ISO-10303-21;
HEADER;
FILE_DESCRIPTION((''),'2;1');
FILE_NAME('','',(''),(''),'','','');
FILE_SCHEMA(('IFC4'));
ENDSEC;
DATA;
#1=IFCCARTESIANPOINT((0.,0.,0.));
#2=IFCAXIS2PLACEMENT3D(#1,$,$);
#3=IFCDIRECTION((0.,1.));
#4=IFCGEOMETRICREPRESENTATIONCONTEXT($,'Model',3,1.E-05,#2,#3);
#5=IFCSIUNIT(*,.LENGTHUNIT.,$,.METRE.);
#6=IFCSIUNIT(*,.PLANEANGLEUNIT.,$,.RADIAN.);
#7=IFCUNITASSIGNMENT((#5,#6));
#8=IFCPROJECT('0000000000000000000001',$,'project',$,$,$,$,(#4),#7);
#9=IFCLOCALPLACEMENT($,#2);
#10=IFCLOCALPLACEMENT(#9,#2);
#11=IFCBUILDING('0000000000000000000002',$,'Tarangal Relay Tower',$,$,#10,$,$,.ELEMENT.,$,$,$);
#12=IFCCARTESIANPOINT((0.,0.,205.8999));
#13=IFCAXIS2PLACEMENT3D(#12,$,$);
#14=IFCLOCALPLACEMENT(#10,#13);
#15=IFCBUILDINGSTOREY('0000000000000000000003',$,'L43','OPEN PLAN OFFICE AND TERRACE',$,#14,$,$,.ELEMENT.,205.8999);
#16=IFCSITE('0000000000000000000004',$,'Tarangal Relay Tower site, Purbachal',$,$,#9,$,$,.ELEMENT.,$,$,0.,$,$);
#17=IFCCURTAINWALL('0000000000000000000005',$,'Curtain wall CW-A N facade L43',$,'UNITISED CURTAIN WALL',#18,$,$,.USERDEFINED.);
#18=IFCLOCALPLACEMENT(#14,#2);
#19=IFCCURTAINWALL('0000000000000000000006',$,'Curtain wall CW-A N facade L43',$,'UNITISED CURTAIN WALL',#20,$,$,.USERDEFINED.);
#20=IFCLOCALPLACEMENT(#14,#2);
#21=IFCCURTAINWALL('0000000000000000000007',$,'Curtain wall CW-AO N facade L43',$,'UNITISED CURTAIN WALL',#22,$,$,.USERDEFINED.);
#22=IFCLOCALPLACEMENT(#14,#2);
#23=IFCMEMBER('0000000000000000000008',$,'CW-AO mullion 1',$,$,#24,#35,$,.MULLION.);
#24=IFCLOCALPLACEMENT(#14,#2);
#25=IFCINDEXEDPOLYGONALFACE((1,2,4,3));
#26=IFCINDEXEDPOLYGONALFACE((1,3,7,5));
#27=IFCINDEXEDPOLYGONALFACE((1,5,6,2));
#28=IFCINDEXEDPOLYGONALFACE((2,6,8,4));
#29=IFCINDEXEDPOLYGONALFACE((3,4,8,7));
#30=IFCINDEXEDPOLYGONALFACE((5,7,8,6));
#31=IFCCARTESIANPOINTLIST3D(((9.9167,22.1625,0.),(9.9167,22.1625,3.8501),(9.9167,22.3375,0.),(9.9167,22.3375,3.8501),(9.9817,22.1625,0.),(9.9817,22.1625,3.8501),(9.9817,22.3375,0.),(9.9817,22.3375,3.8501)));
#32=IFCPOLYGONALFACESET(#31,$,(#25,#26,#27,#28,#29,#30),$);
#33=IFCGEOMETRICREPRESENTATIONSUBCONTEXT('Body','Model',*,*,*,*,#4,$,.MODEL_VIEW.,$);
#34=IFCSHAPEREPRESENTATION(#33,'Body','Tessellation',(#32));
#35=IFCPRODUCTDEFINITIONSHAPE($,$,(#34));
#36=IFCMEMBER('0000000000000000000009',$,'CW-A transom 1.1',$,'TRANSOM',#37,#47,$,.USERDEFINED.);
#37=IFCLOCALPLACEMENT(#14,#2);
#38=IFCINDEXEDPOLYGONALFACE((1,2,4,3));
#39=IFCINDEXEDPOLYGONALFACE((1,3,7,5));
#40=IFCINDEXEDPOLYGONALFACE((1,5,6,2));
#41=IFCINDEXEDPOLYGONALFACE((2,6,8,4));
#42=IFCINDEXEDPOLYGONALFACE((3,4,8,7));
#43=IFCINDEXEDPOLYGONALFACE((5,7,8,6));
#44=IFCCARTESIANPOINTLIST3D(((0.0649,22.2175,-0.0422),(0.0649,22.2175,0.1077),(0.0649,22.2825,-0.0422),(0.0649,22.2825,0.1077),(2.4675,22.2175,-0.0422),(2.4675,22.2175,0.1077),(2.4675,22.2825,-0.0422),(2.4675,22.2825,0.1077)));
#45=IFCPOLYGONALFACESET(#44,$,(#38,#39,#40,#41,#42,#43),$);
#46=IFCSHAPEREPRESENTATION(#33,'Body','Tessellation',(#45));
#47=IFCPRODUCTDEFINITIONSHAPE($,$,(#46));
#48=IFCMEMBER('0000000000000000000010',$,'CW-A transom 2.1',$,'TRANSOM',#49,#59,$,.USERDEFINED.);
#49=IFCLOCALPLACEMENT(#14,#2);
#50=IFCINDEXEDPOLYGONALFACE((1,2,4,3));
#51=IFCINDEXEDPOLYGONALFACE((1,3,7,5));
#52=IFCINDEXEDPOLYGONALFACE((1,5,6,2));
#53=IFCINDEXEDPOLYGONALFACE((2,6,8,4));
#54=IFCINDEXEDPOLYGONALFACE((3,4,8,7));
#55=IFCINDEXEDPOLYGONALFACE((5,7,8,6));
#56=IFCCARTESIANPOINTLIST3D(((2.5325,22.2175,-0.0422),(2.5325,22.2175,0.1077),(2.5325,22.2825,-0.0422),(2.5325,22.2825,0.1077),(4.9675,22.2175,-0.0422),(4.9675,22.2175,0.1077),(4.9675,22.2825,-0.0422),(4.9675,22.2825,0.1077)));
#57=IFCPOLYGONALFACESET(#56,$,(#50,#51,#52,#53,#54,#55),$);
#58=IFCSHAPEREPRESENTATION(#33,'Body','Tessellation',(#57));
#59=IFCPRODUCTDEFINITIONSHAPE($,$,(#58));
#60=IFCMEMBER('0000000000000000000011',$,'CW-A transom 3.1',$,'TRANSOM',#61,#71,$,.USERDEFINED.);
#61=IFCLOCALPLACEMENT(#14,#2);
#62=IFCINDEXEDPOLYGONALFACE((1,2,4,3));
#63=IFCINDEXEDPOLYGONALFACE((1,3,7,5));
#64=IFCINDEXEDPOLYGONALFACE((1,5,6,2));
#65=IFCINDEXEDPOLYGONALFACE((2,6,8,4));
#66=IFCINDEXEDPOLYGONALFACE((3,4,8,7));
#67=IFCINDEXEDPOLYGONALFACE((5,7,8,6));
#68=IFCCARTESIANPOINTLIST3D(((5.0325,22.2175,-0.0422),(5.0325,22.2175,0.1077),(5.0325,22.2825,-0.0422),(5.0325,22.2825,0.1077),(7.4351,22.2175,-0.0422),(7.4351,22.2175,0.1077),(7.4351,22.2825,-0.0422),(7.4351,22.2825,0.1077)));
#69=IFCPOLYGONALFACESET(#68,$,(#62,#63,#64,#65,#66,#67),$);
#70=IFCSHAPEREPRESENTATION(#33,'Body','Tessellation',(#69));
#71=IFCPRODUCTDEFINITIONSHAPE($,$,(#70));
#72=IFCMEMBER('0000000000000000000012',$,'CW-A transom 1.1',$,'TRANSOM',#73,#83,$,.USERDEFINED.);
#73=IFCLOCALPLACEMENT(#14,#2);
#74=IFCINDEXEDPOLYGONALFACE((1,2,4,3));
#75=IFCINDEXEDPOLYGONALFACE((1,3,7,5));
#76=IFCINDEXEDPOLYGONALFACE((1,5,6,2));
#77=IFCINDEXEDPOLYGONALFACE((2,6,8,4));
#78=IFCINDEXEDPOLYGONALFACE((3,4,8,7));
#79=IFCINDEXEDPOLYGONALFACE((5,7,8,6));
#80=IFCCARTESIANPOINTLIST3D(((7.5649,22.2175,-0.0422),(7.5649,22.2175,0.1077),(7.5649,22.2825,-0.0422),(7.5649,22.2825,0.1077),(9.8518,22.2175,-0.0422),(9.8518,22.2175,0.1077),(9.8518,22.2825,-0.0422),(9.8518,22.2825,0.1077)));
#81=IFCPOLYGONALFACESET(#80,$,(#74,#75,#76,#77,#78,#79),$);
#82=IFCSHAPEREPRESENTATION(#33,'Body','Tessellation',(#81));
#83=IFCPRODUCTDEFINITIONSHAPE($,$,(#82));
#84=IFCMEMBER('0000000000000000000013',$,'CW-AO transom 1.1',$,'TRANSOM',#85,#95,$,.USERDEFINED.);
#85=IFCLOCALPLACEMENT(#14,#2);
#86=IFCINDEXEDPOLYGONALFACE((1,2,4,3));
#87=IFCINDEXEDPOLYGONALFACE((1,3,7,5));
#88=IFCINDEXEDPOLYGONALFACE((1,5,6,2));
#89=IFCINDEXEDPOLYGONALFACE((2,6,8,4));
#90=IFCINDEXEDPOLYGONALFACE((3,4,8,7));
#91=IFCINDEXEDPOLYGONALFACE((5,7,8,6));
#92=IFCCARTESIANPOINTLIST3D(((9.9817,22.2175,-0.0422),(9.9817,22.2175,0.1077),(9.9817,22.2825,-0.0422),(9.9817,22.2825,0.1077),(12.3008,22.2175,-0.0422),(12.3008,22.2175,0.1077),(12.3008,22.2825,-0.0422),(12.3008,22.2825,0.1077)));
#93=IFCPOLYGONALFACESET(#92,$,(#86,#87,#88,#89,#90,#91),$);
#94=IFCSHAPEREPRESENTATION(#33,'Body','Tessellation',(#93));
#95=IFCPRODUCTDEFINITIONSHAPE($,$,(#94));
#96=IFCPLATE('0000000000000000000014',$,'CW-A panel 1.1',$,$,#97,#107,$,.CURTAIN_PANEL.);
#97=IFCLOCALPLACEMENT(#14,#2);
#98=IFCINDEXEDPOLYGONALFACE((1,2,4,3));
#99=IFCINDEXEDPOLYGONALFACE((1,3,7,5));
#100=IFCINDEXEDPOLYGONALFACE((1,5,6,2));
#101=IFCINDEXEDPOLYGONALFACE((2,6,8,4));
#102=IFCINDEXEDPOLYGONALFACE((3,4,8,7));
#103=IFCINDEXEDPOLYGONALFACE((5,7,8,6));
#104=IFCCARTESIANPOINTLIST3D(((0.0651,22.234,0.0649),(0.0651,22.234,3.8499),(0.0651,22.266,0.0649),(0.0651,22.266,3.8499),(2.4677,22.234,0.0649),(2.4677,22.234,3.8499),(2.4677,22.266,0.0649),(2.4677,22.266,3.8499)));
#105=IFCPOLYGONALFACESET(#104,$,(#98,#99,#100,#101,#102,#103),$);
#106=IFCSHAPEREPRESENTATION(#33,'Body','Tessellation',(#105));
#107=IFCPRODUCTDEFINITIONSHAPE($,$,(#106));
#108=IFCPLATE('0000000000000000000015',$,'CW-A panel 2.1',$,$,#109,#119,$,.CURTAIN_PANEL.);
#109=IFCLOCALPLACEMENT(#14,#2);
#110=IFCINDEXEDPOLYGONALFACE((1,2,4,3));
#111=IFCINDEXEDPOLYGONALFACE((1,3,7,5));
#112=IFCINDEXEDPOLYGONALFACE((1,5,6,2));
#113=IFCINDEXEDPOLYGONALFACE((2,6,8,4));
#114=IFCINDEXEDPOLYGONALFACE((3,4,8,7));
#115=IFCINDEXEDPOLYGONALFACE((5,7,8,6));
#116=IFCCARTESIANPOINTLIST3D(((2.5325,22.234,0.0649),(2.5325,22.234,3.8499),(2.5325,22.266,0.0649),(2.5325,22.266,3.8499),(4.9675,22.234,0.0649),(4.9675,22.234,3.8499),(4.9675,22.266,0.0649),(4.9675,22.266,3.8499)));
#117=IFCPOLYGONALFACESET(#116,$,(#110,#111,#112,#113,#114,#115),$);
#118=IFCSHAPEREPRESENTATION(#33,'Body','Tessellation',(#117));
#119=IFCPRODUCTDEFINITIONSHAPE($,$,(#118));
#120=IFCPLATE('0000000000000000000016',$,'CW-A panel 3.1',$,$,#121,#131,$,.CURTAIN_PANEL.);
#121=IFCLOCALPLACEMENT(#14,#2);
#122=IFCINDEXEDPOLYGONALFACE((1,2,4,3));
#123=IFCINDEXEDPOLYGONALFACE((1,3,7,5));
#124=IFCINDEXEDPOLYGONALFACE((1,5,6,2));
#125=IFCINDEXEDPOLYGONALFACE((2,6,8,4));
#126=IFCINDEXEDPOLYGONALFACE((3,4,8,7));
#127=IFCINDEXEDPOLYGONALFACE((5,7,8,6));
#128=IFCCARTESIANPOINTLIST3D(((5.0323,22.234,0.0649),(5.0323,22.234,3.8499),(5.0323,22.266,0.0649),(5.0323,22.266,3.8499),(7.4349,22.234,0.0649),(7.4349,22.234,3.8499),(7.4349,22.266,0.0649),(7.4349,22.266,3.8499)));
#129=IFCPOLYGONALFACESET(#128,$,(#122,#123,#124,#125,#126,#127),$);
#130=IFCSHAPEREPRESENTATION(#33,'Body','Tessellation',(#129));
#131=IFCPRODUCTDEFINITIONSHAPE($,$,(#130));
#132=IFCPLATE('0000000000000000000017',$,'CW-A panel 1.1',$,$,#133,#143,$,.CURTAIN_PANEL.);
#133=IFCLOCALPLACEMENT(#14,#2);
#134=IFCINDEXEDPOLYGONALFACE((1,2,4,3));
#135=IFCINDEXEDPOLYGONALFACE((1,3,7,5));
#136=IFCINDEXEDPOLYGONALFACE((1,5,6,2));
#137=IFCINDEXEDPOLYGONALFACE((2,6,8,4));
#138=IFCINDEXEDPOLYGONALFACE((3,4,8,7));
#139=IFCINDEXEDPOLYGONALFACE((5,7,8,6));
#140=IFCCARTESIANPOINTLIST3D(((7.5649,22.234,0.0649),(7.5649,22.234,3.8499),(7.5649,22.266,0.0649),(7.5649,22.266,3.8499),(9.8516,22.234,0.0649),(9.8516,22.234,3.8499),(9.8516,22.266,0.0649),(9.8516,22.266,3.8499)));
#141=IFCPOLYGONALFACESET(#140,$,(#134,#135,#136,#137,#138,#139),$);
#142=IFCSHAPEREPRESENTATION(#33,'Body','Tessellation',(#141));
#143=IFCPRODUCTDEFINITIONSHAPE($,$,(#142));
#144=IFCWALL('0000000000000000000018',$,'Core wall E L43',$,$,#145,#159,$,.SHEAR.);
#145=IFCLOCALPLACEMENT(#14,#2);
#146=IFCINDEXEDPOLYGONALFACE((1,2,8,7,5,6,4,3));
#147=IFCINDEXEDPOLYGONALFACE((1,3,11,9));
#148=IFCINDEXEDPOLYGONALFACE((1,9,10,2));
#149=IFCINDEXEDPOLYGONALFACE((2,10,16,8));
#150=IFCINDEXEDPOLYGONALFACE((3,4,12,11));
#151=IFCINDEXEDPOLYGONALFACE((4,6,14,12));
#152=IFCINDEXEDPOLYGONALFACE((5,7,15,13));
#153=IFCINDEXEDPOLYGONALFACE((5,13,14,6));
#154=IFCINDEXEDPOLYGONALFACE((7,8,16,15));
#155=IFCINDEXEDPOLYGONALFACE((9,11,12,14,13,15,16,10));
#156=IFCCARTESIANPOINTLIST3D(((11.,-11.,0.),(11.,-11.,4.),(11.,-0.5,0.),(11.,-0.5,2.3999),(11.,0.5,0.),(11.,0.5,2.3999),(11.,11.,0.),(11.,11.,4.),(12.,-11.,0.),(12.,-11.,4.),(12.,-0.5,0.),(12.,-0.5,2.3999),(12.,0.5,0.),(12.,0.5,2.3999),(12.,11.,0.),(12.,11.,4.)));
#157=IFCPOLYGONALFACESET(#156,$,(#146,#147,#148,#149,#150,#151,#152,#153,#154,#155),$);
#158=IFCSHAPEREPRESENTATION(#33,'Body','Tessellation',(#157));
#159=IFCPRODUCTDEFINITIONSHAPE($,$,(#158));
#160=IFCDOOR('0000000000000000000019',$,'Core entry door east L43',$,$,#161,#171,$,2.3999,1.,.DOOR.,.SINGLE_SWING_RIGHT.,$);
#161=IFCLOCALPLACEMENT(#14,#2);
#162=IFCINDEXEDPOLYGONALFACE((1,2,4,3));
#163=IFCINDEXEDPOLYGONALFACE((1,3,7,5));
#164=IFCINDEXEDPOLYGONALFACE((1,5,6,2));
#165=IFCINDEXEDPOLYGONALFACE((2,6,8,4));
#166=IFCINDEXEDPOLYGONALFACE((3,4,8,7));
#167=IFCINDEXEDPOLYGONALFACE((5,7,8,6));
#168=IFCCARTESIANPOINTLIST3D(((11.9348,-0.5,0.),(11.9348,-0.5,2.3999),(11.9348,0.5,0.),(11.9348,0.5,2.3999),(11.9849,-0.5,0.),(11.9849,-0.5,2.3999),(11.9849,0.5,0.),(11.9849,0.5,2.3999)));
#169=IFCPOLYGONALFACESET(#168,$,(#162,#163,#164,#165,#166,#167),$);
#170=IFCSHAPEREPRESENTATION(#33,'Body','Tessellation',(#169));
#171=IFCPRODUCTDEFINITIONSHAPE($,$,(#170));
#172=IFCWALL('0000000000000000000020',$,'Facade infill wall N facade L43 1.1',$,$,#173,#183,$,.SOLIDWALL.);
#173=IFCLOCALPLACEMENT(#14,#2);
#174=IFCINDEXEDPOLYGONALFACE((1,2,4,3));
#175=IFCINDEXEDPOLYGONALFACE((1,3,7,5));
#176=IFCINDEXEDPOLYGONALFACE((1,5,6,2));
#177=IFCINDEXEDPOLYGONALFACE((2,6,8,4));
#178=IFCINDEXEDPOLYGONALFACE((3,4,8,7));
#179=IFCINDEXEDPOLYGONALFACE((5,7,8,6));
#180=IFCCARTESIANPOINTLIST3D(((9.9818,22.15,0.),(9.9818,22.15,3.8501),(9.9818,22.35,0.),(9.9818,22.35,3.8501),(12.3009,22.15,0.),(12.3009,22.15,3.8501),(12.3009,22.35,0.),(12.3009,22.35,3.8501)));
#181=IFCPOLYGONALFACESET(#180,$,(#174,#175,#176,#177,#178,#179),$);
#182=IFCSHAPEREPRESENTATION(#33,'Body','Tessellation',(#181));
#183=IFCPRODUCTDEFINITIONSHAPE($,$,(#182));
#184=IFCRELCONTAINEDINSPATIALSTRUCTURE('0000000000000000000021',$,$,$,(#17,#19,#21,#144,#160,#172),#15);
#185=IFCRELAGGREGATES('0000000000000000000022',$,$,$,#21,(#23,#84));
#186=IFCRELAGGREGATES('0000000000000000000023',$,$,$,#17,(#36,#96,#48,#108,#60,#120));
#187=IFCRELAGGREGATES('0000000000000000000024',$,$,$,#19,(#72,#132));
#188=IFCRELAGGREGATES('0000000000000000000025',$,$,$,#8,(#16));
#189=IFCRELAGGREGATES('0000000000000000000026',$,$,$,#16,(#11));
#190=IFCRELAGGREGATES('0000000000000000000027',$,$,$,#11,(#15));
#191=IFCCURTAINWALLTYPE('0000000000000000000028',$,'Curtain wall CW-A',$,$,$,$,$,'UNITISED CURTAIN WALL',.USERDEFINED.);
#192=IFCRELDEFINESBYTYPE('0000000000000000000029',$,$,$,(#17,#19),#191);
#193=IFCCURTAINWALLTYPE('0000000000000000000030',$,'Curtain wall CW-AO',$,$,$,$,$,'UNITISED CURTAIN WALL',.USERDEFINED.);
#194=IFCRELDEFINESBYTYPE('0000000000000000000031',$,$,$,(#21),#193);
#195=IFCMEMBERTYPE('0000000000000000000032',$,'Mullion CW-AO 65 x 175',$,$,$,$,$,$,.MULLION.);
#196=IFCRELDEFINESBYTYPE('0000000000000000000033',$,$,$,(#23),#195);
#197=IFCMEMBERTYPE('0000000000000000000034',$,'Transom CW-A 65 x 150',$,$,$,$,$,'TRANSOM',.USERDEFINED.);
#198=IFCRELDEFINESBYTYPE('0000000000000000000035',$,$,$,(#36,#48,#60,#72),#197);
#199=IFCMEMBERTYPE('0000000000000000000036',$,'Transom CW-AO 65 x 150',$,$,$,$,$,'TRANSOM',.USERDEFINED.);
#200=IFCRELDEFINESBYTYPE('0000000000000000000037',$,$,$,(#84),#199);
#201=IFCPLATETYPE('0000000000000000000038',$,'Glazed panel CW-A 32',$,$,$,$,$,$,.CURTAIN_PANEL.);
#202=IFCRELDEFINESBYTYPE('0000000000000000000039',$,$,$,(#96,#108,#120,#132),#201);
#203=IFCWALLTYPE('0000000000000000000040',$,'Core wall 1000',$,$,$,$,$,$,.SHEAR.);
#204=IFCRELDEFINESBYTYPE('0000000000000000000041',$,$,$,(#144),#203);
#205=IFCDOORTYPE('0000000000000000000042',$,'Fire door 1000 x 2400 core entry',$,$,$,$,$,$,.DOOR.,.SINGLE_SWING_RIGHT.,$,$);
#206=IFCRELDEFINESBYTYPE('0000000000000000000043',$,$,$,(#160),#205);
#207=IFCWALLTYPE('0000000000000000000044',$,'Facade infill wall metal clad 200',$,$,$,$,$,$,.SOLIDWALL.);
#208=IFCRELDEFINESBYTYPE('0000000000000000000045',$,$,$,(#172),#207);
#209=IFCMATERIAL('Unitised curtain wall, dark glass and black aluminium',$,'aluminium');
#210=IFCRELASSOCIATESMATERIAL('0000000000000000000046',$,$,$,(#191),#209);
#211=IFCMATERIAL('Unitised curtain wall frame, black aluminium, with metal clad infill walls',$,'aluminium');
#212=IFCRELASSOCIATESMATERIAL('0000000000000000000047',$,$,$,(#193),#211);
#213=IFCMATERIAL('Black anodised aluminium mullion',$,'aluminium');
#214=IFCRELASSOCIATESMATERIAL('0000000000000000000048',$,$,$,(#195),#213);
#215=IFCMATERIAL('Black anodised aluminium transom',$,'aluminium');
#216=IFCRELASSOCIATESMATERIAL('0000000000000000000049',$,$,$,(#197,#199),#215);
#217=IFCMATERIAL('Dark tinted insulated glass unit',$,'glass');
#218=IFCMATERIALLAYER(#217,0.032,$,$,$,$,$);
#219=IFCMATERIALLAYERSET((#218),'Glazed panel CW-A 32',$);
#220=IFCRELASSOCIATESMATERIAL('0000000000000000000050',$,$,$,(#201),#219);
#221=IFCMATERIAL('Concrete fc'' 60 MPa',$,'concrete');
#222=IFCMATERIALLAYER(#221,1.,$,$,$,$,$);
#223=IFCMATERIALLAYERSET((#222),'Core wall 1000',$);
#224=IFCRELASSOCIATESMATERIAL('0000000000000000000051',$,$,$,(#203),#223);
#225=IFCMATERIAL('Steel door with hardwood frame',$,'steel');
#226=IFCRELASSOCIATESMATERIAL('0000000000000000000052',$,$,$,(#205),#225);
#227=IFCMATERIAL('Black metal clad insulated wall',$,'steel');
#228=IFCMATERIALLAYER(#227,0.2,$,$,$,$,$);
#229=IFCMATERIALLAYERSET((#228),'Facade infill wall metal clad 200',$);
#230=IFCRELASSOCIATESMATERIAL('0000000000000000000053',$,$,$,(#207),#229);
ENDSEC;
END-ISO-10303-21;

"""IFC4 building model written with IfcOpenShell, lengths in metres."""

from ifc_helpers import new_model, si_unit, direction, frame, frame_2d, origin, origin_2d, place, context, subcontext, project, spatial, rectangle, extrude, material, layer, layer_set, material_profile, profile_set, type_object, element, fill, aggregate, save


model = new_model("IFC4")

# Units and contexts
model_context = context("Model", 3, precision=1e-05, world=origin(), true_north=direction((0.0, 1.0)))
body_context = subcontext(model_context, "Body", "Model", "MODEL_VIEW")
ifc_project = project(units=[si_unit("LENGTHUNIT", "METRE"), si_unit("PLANEANGLEUNIT", "RADIAN")], contexts=[model_context])

# Site, building, storey
site_placement = place(None, origin())
site = spatial("IfcSite", under=ifc_project, at=site_placement, Name="Tarangal Relay Tower site, Purbachal", CompositionType="ELEMENT", RefElevation=0.0)
building_placement = place(site_placement, origin())
building = spatial("IfcBuilding", under=site, at=building_placement, Name="Tarangal Relay Tower", CompositionType="ELEMENT")
storey_placement = place(building_placement, frame((0.0, 0.0, 205.8999)))
storey = spatial("IfcBuildingStorey", under=building, at=storey_placement, Name="L43", Description="OPEN PLAN OFFICE AND TERRACE", CompositionType="ELEMENT", Elevation=205.8999)

# Curtain walls
ifc_material_1 = material(Name="Unitised curtain wall, dark glass and black aluminium", Category="aluminium")
curtain_wall_type_1 = type_object("IfcCurtainWallType", Name="Curtain wall CW-A", ElementType="UNITISED CURTAIN WALL", PredefinedType="USERDEFINED", material=ifc_material_1)
curtain_wall_1_placement = place(storey_placement, origin())
curtain_wall_1 = element("IfcCurtainWall", 1, at=curtain_wall_1_placement, inside=storey, type_object=curtain_wall_type_1, Name="Curtain wall CW-A N facade L43", ObjectType="UNITISED CURTAIN WALL", PredefinedType="USERDEFINED")
ifc_material_2 = material(Name="Black anodised aluminium mullion", Category="aluminium")
curtain_wall_2_placement = place(storey_placement, origin())
curtain_wall_2 = element("IfcCurtainWall", 2, at=curtain_wall_2_placement, inside=storey, type_object=curtain_wall_type_1, Name="Curtain wall CW-A N facade L43", ObjectType="UNITISED CURTAIN WALL", PredefinedType="USERDEFINED")

# Curtain wall, member
ifc_material_3 = material(Name="Unitised curtain wall frame, black aluminium, with metal clad infill walls", Category="aluminium")
curtain_wall_type_2 = type_object("IfcCurtainWallType", Name="Curtain wall CW-AO", ElementType="UNITISED CURTAIN WALL", PredefinedType="USERDEFINED", material=ifc_material_3)
curtain_wall_3_placement = place(storey_placement, origin())
curtain_wall_3 = element("IfcCurtainWall", 3, at=curtain_wall_3_placement, inside=storey, type_object=curtain_wall_type_2, Name="Curtain wall CW-AO N facade L43", ObjectType="UNITISED CURTAIN WALL", PredefinedType="USERDEFINED")
ifc_material_profile_1 = material_profile(ifc_material_2, rectangle(XDim=0.175, YDim=0.0649, at=origin_2d()), Name="CW-AOM 65X175")
ifc_profile_set_1 = profile_set([ifc_material_profile_1], Name="Black anodised aluminium mullion")
member_type_1 = type_object("IfcMemberType", Name="Mullion CW-AO 65 x 175", PredefinedType="MULLION", material=ifc_profile_set_1)
member_1_placement = place(storey_placement, frame((9.9492, 22.25, 0.0), z_axis=(0.0, 0.0, 1.0), x_axis=(0.0, 1.0, 0.0)))
member_1 = element("IfcMember", 4, at=member_1_placement, type_object=member_type_1, Name="CW-AO mullion 1", PredefinedType="MULLION", context=body_context, shape_type="SweptSolid", body=[
    extrude(rectangle(XDim=0.175, YDim=0.0649, at=origin_2d()), origin(), (0.0, 0.0, 1.0), 3.8501),
])

# Members
ifc_material_4 = material(Name="Black anodised aluminium transom", Category="aluminium")
ifc_material_profile_2 = material_profile(ifc_material_4, rectangle(XDim=0.0649, YDim=0.1499, at=origin_2d()), Name="CW-AT 65X150")
ifc_profile_set_2 = profile_set([ifc_material_profile_2], Name="Black anodised aluminium transom")
member_type_2 = type_object("IfcMemberType", Name="Transom CW-A 65 x 150", ElementType="TRANSOM", PredefinedType="USERDEFINED", material=ifc_profile_set_2)
member_2_placement = place(storey_placement, frame((0.0649, 22.25, 0.0327), z_axis=(1.0, 0.0, 0.0), x_axis=(0.0, 1.0, 0.0)))
member_2 = element("IfcMember", 5, at=member_2_placement, type_object=member_type_2, Name="CW-A transom 1.1", ObjectType="TRANSOM", PredefinedType="USERDEFINED", context=body_context, shape_type="SweptSolid", body=[
    extrude(rectangle(XDim=0.0649, YDim=0.1499, at=origin_2d()), origin(), (0.0, 0.0, 1.0), 2.4026),
])
member_3_placement = place(storey_placement, frame((2.5325, 22.25, 0.0327), z_axis=(1.0, 0.0, 0.0), x_axis=(0.0, 1.0, 0.0)))
member_3 = element("IfcMember", 6, at=member_3_placement, type_object=member_type_2, Name="CW-A transom 2.1", ObjectType="TRANSOM", PredefinedType="USERDEFINED", context=body_context, shape_type="SweptSolid", body=[
    extrude(rectangle(XDim=0.0649, YDim=0.1499, at=origin_2d()), origin(), (0.0, 0.0, 1.0), 2.4351),
])
member_4_placement = place(storey_placement, frame((5.0325, 22.25, 0.0327), z_axis=(1.0, 0.0, 0.0), x_axis=(0.0, 1.0, 0.0)))
member_4 = element("IfcMember", 7, at=member_4_placement, type_object=member_type_2, Name="CW-A transom 3.1", ObjectType="TRANSOM", PredefinedType="USERDEFINED", context=body_context, shape_type="SweptSolid", body=[
    extrude(rectangle(XDim=0.0649, YDim=0.1499, at=origin_2d()), origin(), (0.0, 0.0, 1.0), 2.4026),
])
member_5_placement = place(storey_placement, frame((7.5649, 22.25, 0.0327), z_axis=(1.0, 0.0, 0.0), x_axis=(0.0, 1.0, 0.0)))
member_5 = element("IfcMember", 8, at=member_5_placement, type_object=member_type_2, Name="CW-A transom 1.1", ObjectType="TRANSOM", PredefinedType="USERDEFINED", context=body_context, shape_type="SweptSolid", body=[
    extrude(rectangle(XDim=0.0649, YDim=0.1499, at=origin_2d()), origin(), (0.0, 0.0, 1.0), 2.2869),
])
ifc_material_profile_3 = material_profile(ifc_material_4, rectangle(XDim=0.0649, YDim=0.1499, at=origin_2d()), Name="CW-AOT 65X150")
ifc_profile_set_3 = profile_set([ifc_material_profile_3], Name="Black anodised aluminium transom")
member_type_3 = type_object("IfcMemberType", Name="Transom CW-AO 65 x 150", ElementType="TRANSOM", PredefinedType="USERDEFINED", material=ifc_profile_set_3)
member_6_placement = place(storey_placement, frame((9.9817, 22.25, 0.0327), z_axis=(1.0, 0.0, 0.0), x_axis=(0.0, 1.0, 0.0)))
member_6 = element("IfcMember", 9, at=member_6_placement, type_object=member_type_3, Name="CW-AO transom 1.1", ObjectType="TRANSOM", PredefinedType="USERDEFINED", context=body_context, shape_type="SweptSolid", body=[
    extrude(rectangle(XDim=0.0649, YDim=0.1499, at=origin_2d()), origin(), (0.0, 0.0, 1.0), 2.3191),
])
aggregate(curtain_wall_3, [member_1, member_6])

# Plates
ifc_material_5 = material(Name="Dark tinted insulated glass unit", Category="glass")
ifc_layer_1 = layer(ifc_material_5, 0.032)
ifc_layer_set_1 = layer_set([ifc_layer_1], Name="Glazed panel CW-A 32")
plate_type = type_object("IfcPlateType", Name="Glazed panel CW-A 32", PredefinedType="CURTAIN_PANEL", material=ifc_layer_set_1)
plate_1_placement = place(storey_placement, frame((1.2664, 22.25, 0.0649), z_axis=(0.0, 0.0, 1.0), x_axis=(1.0, 0.0, 0.0)))
plate_1 = element("IfcPlate", 10, at=plate_1_placement, type_object=plate_type, Name="CW-A panel 1.1", PredefinedType="CURTAIN_PANEL", context=body_context, shape_type="SweptSolid", body=[
    extrude(rectangle(XDim=2.4026, YDim=0.032, at=origin_2d()), origin(), (0.0, 0.0, 1.0), 3.7849),
])
plate_2_placement = place(storey_placement, frame((3.75, 22.25, 0.0649), z_axis=(0.0, 0.0, 1.0), x_axis=(1.0, 0.0, 0.0)))
plate_2 = element("IfcPlate", 11, at=plate_2_placement, type_object=plate_type, Name="CW-A panel 2.1", PredefinedType="CURTAIN_PANEL", context=body_context, shape_type="SweptSolid", body=[
    extrude(rectangle(XDim=2.4351, YDim=0.032, at=origin_2d()), origin(), (0.0, 0.0, 1.0), 3.7849),
])
plate_3_placement = place(storey_placement, frame((6.2336, 22.25, 0.0649), z_axis=(0.0, 0.0, 1.0), x_axis=(1.0, 0.0, 0.0)))
plate_3 = element("IfcPlate", 12, at=plate_3_placement, type_object=plate_type, Name="CW-A panel 3.1", PredefinedType="CURTAIN_PANEL", context=body_context, shape_type="SweptSolid", body=[
    extrude(rectangle(XDim=2.4026, YDim=0.032, at=origin_2d()), origin(), (0.0, 0.0, 1.0), 3.7849),
])
aggregate(curtain_wall_1, [member_2, plate_1, member_3, plate_2, member_4, plate_3])
plate_4_placement = place(storey_placement, frame((8.7083, 22.25, 0.0649), z_axis=(0.0, 0.0, 1.0), x_axis=(1.0, 0.0, 0.0)))
plate_4 = element("IfcPlate", 13, at=plate_4_placement, type_object=plate_type, Name="CW-A panel 1.1", PredefinedType="CURTAIN_PANEL", context=body_context, shape_type="SweptSolid", body=[
    extrude(rectangle(XDim=2.2866, YDim=0.032, at=origin_2d()), origin(), (0.0, 0.0, 1.0), 3.7849),
])
aggregate(curtain_wall_2, [member_5, plate_4])

# Wall, opening, door
ifc_material_6 = material(Name="Concrete fc' 60 MPa", Category="concrete")
ifc_layer_2 = layer(ifc_material_6, 1.0)
ifc_layer_set_2 = layer_set([ifc_layer_2], Name="Core wall 1000")
wall_type_1 = type_object("IfcWallType", Name="Core wall 1000", PredefinedType="SHEAR", material=ifc_layer_set_2)
wall_1_placement = place(storey_placement, frame((11.5, 11.0, 0.0), z_axis=(0.0, 0.0, 1.0), x_axis=(0.0, -1.0, 0.0)))
wall_1 = element("IfcWall", 14, at=wall_1_placement, inside=storey, type_object=wall_type_1, Name="Core wall E L43", PredefinedType="SHEAR", context=body_context, shape_type="SweptSolid", body=[
    extrude(rectangle(XDim=22.0, YDim=1.0, at=frame_2d((11.0, 0.0))), origin(), (0.0, 0.0, 1.0), 4.0),
])
opening_1_placement = place(wall_1_placement, frame((10.5, 0.0, 0.0)))
opening_1 = element("IfcOpeningElement", 15, at=opening_1_placement, cuts=wall_1, PredefinedType="OPENING", context=body_context, shape_type="SweptSolid", body=[
    extrude(rectangle(XDim=1.0, YDim=2.3999, at=frame_2d((0.5, 1.2))), frame((0.0, 0.51, 0.0), z_axis=(0.0, -1.0, 0.0), x_axis=(1.0, 0.0, 0.0)), (0.0, 0.0, 1.0), 1.02),
])
ifc_material_7 = material(Name="Steel door with hardwood frame", Category="steel")
door_type_1 = type_object("IfcDoorType", Name="Fire door 1000 x 2400 core entry", OperationType="SINGLE_SWING_RIGHT", PredefinedType="DOOR", material=ifc_material_7)
door_1_placement = place(opening_1_placement, origin())
door_1 = element("IfcDoor", 16, at=door_1_placement, inside=storey, type_object=door_type_1, Name="Core entry door east L43", OperationType="SINGLE_SWING_RIGHT", OverallHeight=2.3999, OverallWidth=1.0, PredefinedType="DOOR", context=body_context, shape_type="SweptSolid", body=[
    extrude(rectangle(XDim=1.0, YDim=2.3999, at=frame_2d((0.5, 1.2))), frame((0.0, 0.4849, 0.0), z_axis=(0.0, -1.0, 0.0), x_axis=(1.0, 0.0, 0.0)), (0.0, 0.0, 1.0), 0.05),
])
fill(opening_1, door_1)

# Wall
ifc_material_8 = material(Name="Black metal clad insulated wall", Category="steel")
ifc_layer_3 = layer(ifc_material_8, 0.2)
ifc_layer_set_3 = layer_set([ifc_layer_3], Name="Facade infill wall metal clad 200")
wall_type_2 = type_object("IfcWallType", Name="Facade infill wall metal clad 200", PredefinedType="SOLIDWALL", material=ifc_layer_set_3)
wall_2_placement = place(storey_placement, frame((9.9817, 22.25, 0.0), z_axis=(0.0, 0.0, 1.0), x_axis=(1.0, 0.0, 0.0)))
element("IfcWall", 17, at=wall_2_placement, inside=storey, type_object=wall_type_2, Name="Facade infill wall N facade L43 1.1", PredefinedType="SOLIDWALL", context=body_context, shape_type="SweptSolid", body=[
    extrude(rectangle(XDim=2.3191, YDim=0.2, at=frame_2d((1.1597, 0.0))), origin(), (0.0, 0.0, 1.0), 3.8501),
])

save(model, "model.ifc")
